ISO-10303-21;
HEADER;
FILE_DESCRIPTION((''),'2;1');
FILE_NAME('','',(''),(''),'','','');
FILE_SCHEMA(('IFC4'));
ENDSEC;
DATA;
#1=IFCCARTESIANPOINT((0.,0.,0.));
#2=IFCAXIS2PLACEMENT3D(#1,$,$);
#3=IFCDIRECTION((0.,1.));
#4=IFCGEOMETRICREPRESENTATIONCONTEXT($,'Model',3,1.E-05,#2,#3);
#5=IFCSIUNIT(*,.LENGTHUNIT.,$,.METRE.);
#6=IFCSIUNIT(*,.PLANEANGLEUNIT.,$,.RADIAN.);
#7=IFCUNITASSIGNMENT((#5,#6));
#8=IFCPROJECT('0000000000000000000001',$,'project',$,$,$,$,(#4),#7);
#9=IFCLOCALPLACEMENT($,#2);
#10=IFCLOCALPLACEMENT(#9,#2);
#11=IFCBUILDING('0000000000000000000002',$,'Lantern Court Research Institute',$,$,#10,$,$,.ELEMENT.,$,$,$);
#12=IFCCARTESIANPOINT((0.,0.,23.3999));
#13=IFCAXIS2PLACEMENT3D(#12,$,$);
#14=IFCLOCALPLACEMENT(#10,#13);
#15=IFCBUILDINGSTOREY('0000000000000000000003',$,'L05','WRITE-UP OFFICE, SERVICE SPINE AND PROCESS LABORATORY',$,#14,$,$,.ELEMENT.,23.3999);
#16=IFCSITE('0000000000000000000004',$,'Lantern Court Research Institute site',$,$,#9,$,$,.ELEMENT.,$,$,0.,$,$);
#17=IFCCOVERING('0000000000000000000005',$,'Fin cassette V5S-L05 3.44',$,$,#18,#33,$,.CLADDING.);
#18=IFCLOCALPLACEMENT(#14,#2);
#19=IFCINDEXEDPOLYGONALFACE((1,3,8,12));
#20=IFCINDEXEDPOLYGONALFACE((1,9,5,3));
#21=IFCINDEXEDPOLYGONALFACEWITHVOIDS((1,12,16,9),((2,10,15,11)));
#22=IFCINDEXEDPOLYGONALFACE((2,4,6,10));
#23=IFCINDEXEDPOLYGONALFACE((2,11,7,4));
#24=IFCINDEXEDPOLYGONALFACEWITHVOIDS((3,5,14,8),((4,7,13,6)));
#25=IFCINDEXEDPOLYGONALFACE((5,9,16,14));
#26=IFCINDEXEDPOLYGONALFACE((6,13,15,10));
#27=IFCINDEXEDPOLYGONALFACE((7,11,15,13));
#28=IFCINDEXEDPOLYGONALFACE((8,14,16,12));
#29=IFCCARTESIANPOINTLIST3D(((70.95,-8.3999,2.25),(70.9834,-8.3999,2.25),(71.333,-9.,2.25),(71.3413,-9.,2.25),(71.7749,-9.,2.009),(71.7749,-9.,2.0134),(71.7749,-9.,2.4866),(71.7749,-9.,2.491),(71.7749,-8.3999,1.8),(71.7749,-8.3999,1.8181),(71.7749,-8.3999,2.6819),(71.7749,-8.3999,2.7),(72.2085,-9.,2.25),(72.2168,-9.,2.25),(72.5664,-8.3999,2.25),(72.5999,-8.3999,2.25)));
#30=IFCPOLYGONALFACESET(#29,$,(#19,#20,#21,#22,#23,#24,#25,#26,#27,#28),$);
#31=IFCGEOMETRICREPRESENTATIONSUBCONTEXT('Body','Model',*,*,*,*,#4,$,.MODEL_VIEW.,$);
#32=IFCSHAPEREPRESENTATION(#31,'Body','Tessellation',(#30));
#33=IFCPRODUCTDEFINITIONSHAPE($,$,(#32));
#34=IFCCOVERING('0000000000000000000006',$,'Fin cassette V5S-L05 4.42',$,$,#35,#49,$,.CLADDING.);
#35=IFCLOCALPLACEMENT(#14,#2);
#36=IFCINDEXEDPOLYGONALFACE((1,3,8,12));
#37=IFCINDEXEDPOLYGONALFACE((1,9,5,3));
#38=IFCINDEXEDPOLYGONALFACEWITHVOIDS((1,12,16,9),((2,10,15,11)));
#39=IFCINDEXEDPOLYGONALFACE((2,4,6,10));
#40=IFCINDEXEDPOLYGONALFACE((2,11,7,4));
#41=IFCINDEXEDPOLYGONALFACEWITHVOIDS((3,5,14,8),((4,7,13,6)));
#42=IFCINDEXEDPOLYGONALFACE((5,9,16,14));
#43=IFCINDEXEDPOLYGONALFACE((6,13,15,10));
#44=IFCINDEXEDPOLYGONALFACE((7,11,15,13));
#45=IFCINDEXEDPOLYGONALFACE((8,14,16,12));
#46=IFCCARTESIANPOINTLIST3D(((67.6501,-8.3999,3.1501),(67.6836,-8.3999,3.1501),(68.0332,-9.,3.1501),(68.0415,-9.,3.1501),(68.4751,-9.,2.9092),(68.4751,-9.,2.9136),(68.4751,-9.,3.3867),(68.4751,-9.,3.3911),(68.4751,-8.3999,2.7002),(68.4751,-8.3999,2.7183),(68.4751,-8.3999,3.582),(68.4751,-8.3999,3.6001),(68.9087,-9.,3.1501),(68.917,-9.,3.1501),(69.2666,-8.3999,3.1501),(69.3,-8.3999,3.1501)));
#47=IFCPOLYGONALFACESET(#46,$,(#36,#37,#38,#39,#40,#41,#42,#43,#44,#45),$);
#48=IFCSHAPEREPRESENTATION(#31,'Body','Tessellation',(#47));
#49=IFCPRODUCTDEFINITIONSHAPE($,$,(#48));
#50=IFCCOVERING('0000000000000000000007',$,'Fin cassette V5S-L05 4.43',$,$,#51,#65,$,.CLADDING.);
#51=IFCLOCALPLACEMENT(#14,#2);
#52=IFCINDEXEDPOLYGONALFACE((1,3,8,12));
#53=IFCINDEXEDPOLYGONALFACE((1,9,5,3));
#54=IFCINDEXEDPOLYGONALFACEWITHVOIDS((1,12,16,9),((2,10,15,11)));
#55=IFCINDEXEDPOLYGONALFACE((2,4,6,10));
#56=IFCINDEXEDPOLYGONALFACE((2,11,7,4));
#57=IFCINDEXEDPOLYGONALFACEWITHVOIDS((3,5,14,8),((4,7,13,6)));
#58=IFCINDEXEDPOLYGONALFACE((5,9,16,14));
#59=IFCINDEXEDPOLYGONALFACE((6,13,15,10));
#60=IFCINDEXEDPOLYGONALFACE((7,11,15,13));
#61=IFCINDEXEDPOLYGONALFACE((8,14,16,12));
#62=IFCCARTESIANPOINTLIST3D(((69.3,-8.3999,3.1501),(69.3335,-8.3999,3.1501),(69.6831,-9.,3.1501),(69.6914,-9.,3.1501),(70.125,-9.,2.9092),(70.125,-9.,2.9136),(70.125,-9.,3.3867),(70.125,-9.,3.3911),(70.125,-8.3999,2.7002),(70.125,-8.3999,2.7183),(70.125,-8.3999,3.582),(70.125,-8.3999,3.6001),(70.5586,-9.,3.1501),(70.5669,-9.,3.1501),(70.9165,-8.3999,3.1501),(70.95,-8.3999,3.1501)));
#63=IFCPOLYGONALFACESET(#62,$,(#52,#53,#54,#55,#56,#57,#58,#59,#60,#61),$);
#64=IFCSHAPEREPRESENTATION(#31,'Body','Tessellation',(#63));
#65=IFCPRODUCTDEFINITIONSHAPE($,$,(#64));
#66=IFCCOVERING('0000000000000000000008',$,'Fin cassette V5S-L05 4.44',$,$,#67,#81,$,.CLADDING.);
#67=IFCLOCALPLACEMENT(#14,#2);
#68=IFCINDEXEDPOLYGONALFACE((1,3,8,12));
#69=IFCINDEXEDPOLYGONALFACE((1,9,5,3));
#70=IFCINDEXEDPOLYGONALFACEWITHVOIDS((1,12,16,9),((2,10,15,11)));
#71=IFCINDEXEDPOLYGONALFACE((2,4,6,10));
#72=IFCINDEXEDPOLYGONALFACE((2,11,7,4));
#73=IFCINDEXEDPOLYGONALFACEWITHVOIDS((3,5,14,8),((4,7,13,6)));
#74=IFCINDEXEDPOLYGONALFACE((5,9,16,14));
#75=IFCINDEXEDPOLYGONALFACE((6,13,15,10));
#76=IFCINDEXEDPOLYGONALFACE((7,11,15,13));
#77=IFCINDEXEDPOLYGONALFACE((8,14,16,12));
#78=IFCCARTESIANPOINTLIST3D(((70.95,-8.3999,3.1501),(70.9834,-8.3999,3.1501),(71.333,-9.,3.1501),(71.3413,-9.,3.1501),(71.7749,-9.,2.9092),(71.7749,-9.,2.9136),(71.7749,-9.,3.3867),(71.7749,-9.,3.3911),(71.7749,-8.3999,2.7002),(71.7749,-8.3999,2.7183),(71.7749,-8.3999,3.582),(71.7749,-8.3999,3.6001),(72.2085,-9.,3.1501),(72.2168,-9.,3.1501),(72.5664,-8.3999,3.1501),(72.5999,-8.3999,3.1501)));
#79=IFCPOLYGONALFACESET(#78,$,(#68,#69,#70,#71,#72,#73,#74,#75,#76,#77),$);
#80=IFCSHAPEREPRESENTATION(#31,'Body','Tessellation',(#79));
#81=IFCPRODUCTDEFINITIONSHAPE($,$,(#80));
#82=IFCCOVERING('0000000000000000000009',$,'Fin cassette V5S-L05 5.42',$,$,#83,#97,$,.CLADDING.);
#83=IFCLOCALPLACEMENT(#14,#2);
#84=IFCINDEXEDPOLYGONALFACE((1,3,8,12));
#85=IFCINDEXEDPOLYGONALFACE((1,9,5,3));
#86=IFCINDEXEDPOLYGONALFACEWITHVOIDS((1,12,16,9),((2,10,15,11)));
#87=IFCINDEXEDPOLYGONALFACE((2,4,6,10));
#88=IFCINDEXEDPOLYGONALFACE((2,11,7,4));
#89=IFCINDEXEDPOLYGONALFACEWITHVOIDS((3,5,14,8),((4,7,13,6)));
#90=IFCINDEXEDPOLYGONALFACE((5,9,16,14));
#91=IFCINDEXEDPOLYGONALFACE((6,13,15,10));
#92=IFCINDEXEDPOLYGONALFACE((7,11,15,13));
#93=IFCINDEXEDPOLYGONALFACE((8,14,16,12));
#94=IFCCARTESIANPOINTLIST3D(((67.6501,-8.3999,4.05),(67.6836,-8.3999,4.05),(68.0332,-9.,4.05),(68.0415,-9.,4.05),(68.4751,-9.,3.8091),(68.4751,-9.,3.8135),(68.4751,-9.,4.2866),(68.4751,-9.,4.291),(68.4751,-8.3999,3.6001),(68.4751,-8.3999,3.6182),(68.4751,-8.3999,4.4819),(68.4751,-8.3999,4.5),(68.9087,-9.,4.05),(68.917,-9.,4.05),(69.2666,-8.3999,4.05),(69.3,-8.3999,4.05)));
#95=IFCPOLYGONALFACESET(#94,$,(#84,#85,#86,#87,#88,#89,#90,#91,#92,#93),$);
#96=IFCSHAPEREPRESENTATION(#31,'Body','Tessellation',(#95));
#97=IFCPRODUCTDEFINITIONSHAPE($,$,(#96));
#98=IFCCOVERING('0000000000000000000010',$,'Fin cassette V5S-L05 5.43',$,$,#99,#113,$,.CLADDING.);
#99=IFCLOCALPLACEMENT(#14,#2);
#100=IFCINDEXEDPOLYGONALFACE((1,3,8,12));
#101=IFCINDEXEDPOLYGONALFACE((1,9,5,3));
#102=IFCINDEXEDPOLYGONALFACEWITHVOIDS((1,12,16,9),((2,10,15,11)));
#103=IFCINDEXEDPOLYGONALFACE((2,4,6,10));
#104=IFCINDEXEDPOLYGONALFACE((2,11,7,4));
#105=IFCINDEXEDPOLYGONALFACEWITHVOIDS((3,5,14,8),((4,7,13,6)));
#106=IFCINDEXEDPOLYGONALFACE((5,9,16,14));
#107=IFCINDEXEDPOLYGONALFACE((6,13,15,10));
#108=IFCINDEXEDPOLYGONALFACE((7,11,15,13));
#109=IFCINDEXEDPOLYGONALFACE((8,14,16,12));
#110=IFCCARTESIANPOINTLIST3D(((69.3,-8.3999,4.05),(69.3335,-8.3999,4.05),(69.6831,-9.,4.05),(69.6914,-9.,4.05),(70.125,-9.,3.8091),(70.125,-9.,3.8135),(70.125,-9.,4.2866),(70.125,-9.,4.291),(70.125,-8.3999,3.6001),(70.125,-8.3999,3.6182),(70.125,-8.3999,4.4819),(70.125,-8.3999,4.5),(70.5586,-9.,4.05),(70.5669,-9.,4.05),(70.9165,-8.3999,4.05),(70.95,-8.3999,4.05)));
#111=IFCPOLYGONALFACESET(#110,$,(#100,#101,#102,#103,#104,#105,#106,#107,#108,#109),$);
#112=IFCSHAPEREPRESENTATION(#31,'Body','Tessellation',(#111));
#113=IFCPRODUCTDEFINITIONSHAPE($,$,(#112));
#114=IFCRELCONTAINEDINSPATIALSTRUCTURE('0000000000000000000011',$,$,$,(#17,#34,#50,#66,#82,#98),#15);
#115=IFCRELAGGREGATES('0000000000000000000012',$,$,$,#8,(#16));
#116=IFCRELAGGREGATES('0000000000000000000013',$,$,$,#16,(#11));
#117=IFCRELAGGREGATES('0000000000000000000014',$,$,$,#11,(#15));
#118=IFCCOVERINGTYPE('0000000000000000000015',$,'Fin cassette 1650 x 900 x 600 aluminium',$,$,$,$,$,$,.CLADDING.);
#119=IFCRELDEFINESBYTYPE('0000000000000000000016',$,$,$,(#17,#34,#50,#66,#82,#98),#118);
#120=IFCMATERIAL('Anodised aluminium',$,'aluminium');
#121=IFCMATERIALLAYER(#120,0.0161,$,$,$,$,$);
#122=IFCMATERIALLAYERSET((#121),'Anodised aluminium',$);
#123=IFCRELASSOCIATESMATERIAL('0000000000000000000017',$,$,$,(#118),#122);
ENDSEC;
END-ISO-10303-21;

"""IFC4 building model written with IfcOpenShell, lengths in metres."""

from ifc_helpers import new_model, entity, si_unit, direction, frame, origin, place, context, subcontext, project, spatial, material, layer, layer_set, type_object, element, save


model = new_model("IFC4")

# Units and contexts
model_context = context("Model", 3, precision=1e-05, world=origin(), true_north=direction((0.0, 1.0)))
body_context = subcontext(model_context, "Body", "Model", "MODEL_VIEW")
ifc_project = project(units=[si_unit("LENGTHUNIT", "METRE"), si_unit("PLANEANGLEUNIT", "RADIAN")], contexts=[model_context])

# Site, building, storey
site_placement = place(None, origin())
site = spatial("IfcSite", under=ifc_project, at=site_placement, Name="Lantern Court Research Institute site", CompositionType="ELEMENT", RefElevation=0.0)
building_placement = place(site_placement, origin())
building = spatial("IfcBuilding", under=site, at=building_placement, Name="Lantern Court Research Institute", CompositionType="ELEMENT")
storey_placement = place(building_placement, frame((0.0, 0.0, 23.3999)))
storey = spatial("IfcBuildingStorey", under=building, at=storey_placement, Name="L05", Description="WRITE-UP OFFICE, SERVICE SPINE AND PROCESS LABORATORY", CompositionType="ELEMENT", Elevation=23.3999)

# Coverings
ifc_material_1 = material(Name="Anodised aluminium", Category="aluminium")
ifc_layer_1 = layer(ifc_material_1, 0.0161)
ifc_layer_set_1 = layer_set([ifc_layer_1], Name="Anodised aluminium")
covering_type = type_object("IfcCoveringType", Name="Fin cassette 1650 x 900 x 600 aluminium", PredefinedType="CLADDING", material=ifc_layer_set_1)
covering_1_placement = place(storey_placement, frame((71.7749, -8.3999, 2.25), z_axis=(0.0, -1.0, 0.0), x_axis=(1.0, 0.0, 0.0)))
cartesian_point_1 = entity("IfcCartesianPoint", [0.825, 0.0])
cartesian_point_2 = entity("IfcCartesianPoint", [0.7915, 0.0])
cartesian_point_3 = entity("IfcCartesianPoint", [0.4419, 0.0])
cartesian_point_4 = entity("IfcCartesianPoint", [0.4336, 0.0])
element("IfcCovering", 1, at=covering_1_placement, inside=storey, type_object=covering_type, Name="Fin cassette V5S-L05 3.44", PredefinedType="CLADDING", context=body_context, shape_type="SweptSolid", body=[
    entity("IfcExtrudedAreaSolidTapered", entity("IfcArbitraryProfileDefWithVoids", "AREA", None, entity("IfcPolyline", [cartesian_point_1, entity("IfcCartesianPoint", [0.0, 0.45]), entity("IfcCartesianPoint", [-0.825, 0.0]), entity("IfcCartesianPoint", [0.0, -0.45]), cartesian_point_1]), [entity("IfcPolyline", [cartesian_point_2, entity("IfcCartesianPoint", [0.0, 0.4319]), entity("IfcCartesianPoint", [-0.7915, 0.0]), entity("IfcCartesianPoint", [0.0, -0.4319]), cartesian_point_2])]), entity("IfcAxis2Placement3D", entity("IfcCartesianPoint", [0.0, 0.0, 0.0])), entity("IfcDirection", [0.0, 0.0, 1.0]), 0.6001, entity("IfcArbitraryProfileDefWithVoids", "AREA", None, entity("IfcPolyline", [cartesian_point_3, entity("IfcCartesianPoint", [0.0, 0.241]), entity("IfcCartesianPoint", [-0.4419, 0.0]), entity("IfcCartesianPoint", [0.0, -0.241]), cartesian_point_3]), [entity("IfcPolyline", [cartesian_point_4, entity("IfcCartesianPoint", [0.0, 0.2366]), entity("IfcCartesianPoint", [-0.4336, 0.0]), entity("IfcCartesianPoint", [0.0, -0.2366]), cartesian_point_4])])),
])
covering_2_placement = place(storey_placement, frame((68.4751, -8.3999, 3.1501), z_axis=(0.0, -1.0, 0.0), x_axis=(1.0, 0.0, 0.0)))
cartesian_point_5 = entity("IfcCartesianPoint", [0.825, 0.0])
cartesian_point_6 = entity("IfcCartesianPoint", [0.7915, 0.0])
cartesian_point_7 = entity("IfcCartesianPoint", [0.4419, 0.0])
cartesian_point_8 = entity("IfcCartesianPoint", [0.4336, 0.0])
element("IfcCovering", 2, at=covering_2_placement, inside=storey, type_object=covering_type, Name="Fin cassette V5S-L05 4.42", PredefinedType="CLADDING", context=body_context, shape_type="SweptSolid", body=[
    entity("IfcExtrudedAreaSolidTapered", entity("IfcArbitraryProfileDefWithVoids", "AREA", None, entity("IfcPolyline", [cartesian_point_5, entity("IfcCartesianPoint", [0.0, 0.45]), entity("IfcCartesianPoint", [-0.825, 0.0]), entity("IfcCartesianPoint", [0.0, -0.45]), cartesian_point_5]), [entity("IfcPolyline", [cartesian_point_6, entity("IfcCartesianPoint", [0.0, 0.4319]), entity("IfcCartesianPoint", [-0.7915, 0.0]), entity("IfcCartesianPoint", [0.0, -0.4319]), cartesian_point_6])]), entity("IfcAxis2Placement3D", entity("IfcCartesianPoint", [0.0, 0.0, 0.0])), entity("IfcDirection", [0.0, 0.0, 1.0]), 0.6001, entity("IfcArbitraryProfileDefWithVoids", "AREA", None, entity("IfcPolyline", [cartesian_point_7, entity("IfcCartesianPoint", [0.0, 0.241]), entity("IfcCartesianPoint", [-0.4419, 0.0]), entity("IfcCartesianPoint", [0.0, -0.241]), cartesian_point_7]), [entity("IfcPolyline", [cartesian_point_8, entity("IfcCartesianPoint", [0.0, 0.2366]), entity("IfcCartesianPoint", [-0.4336, 0.0]), entity("IfcCartesianPoint", [0.0, -0.2366]), cartesian_point_8])])),
])
covering_3_placement = place(storey_placement, frame((70.125, -8.3999, 3.1501), z_axis=(0.0, -1.0, 0.0), x_axis=(1.0, 0.0, 0.0)))
cartesian_point_9 = entity("IfcCartesianPoint", [0.825, 0.0])
cartesian_point_10 = entity("IfcCartesianPoint", [0.7915, 0.0])
cartesian_point_11 = entity("IfcCartesianPoint", [0.4419, 0.0])
cartesian_point_12 = entity("IfcCartesianPoint", [0.4336, 0.0])
element("IfcCovering", 3, at=covering_3_placement, inside=storey, type_object=covering_type, Name="Fin cassette V5S-L05 4.43", PredefinedType="CLADDING", context=body_context, shape_type="SweptSolid", body=[
    entity("IfcExtrudedAreaSolidTapered", entity("IfcArbitraryProfileDefWithVoids", "AREA", None, entity("IfcPolyline", [cartesian_point_9, entity("IfcCartesianPoint", [0.0, 0.45]), entity("IfcCartesianPoint", [-0.825, 0.0]), entity("IfcCartesianPoint", [0.0, -0.45]), cartesian_point_9]), [entity("IfcPolyline", [cartesian_point_10, entity("IfcCartesianPoint", [0.0, 0.4319]), entity("IfcCartesianPoint", [-0.7915, 0.0]), entity("IfcCartesianPoint", [0.0, -0.4319]), cartesian_point_10])]), entity("IfcAxis2Placement3D", entity("IfcCartesianPoint", [0.0, 0.0, 0.0])), entity("IfcDirection", [0.0, 0.0, 1.0]), 0.6001, entity("IfcArbitraryProfileDefWithVoids", "AREA", None, entity("IfcPolyline", [cartesian_point_11, entity("IfcCartesianPoint", [0.0, 0.241]), entity("IfcCartesianPoint", [-0.4419, 0.0]), entity("IfcCartesianPoint", [0.0, -0.241]), cartesian_point_11]), [entity("IfcPolyline", [cartesian_point_12, entity("IfcCartesianPoint", [0.0, 0.2366]), entity("IfcCartesianPoint", [-0.4336, 0.0]), entity("IfcCartesianPoint", [0.0, -0.2366]), cartesian_point_12])])),
])
covering_4_placement = place(storey_placement, frame((71.7749, -8.3999, 3.1501), z_axis=(0.0, -1.0, 0.0), x_axis=(1.0, 0.0, 0.0)))
cartesian_point_13 = entity("IfcCartesianPoint", [0.825, 0.0])
cartesian_point_14 = entity("IfcCartesianPoint", [0.7915, 0.0])
cartesian_point_15 = entity("IfcCartesianPoint", [0.4419, 0.0])
cartesian_point_16 = entity("IfcCartesianPoint", [0.4336, 0.0])
element("IfcCovering", 4, at=covering_4_placement, inside=storey, type_object=covering_type, Name="Fin cassette V5S-L05 4.44", PredefinedType="CLADDING", context=body_context, shape_type="SweptSolid", body=[
    entity("IfcExtrudedAreaSolidTapered", entity("IfcArbitraryProfileDefWithVoids", "AREA", None, entity("IfcPolyline", [cartesian_point_13, entity("IfcCartesianPoint", [0.0, 0.45]), entity("IfcCartesianPoint", [-0.825, 0.0]), entity("IfcCartesianPoint", [0.0, -0.45]), cartesian_point_13]), [entity("IfcPolyline", [cartesian_point_14, entity("IfcCartesianPoint", [0.0, 0.4319]), entity("IfcCartesianPoint", [-0.7915, 0.0]), entity("IfcCartesianPoint", [0.0, -0.4319]), cartesian_point_14])]), entity("IfcAxis2Placement3D", entity("IfcCartesianPoint", [0.0, 0.0, 0.0])), entity("IfcDirection", [0.0, 0.0, 1.0]), 0.6001, entity("IfcArbitraryProfileDefWithVoids", "AREA", None, entity("IfcPolyline", [cartesian_point_15, entity("IfcCartesianPoint", [0.0, 0.241]), entity("IfcCartesianPoint", [-0.4419, 0.0]), entity("IfcCartesianPoint", [0.0, -0.241]), cartesian_point_15]), [entity("IfcPolyline", [cartesian_point_16, entity("IfcCartesianPoint", [0.0, 0.2366]), entity("IfcCartesianPoint", [-0.4336, 0.0]), entity("IfcCartesianPoint", [0.0, -0.2366]), cartesian_point_16])])),
])
covering_5_placement = place(storey_placement, frame((68.4751, -8.3999, 4.05), z_axis=(0.0, -1.0, 0.0), x_axis=(1.0, 0.0, 0.0)))
cartesian_point_17 = entity("IfcCartesianPoint", [0.825, 0.0])
cartesian_point_18 = entity("IfcCartesianPoint", [0.7915, 0.0])
cartesian_point_19 = entity("IfcCartesianPoint", [0.4419, 0.0])
cartesian_point_20 = entity("IfcCartesianPoint", [0.4336, 0.0])
element("IfcCovering", 5, at=covering_5_placement, inside=storey, type_object=covering_type, Name="Fin cassette V5S-L05 5.42", PredefinedType="CLADDING", context=body_context, shape_type="SweptSolid", body=[
    entity("IfcExtrudedAreaSolidTapered", entity("IfcArbitraryProfileDefWithVoids", "AREA", None, entity("IfcPolyline", [cartesian_point_17, entity("IfcCartesianPoint", [0.0, 0.45]), entity("IfcCartesianPoint", [-0.825, 0.0]), entity("IfcCartesianPoint", [0.0, -0.45]), cartesian_point_17]), [entity("IfcPolyline", [cartesian_point_18, entity("IfcCartesianPoint", [0.0, 0.4319]), entity("IfcCartesianPoint", [-0.7915, 0.0]), entity("IfcCartesianPoint", [0.0, -0.4319]), cartesian_point_18])]), entity("IfcAxis2Placement3D", entity("IfcCartesianPoint", [0.0, 0.0, 0.0])), entity("IfcDirection", [0.0, 0.0, 1.0]), 0.6001, entity("IfcArbitraryProfileDefWithVoids", "AREA", None, entity("IfcPolyline", [cartesian_point_19, entity("IfcCartesianPoint", [0.0, 0.241]), entity("IfcCartesianPoint", [-0.4419, 0.0]), entity("IfcCartesianPoint", [0.0, -0.241]), cartesian_point_19]), [entity("IfcPolyline", [cartesian_point_20, entity("IfcCartesianPoint", [0.0, 0.2366]), entity("IfcCartesianPoint", [-0.4336, 0.0]), entity("IfcCartesianPoint", [0.0, -0.2366]), cartesian_point_20])])),
])
covering_6_placement = place(storey_placement, frame((70.125, -8.3999, 4.05), z_axis=(0.0, -1.0, 0.0), x_axis=(1.0, 0.0, 0.0)))
cartesian_point_21 = entity("IfcCartesianPoint", [0.825, 0.0])
cartesian_point_22 = entity("IfcCartesianPoint", [0.7915, 0.0])
cartesian_point_23 = entity("IfcCartesianPoint", [0.4419, 0.0])
cartesian_point_24 = entity("IfcCartesianPoint", [0.4336, 0.0])
element("IfcCovering", 6, at=covering_6_placement, inside=storey, type_object=covering_type, Name="Fin cassette V5S-L05 5.43", PredefinedType="CLADDING", context=body_context, shape_type="SweptSolid", body=[
    entity("IfcExtrudedAreaSolidTapered", entity("IfcArbitraryProfileDefWithVoids", "AREA", None, entity("IfcPolyline", [cartesian_point_21, entity("IfcCartesianPoint", [0.0, 0.45]), entity("IfcCartesianPoint", [-0.825, 0.0]), entity("IfcCartesianPoint", [0.0, -0.45]), cartesian_point_21]), [entity("IfcPolyline", [cartesian_point_22, entity("IfcCartesianPoint", [0.0, 0.4319]), entity("IfcCartesianPoint", [-0.7915, 0.0]), entity("IfcCartesianPoint", [0.0, -0.4319]), cartesian_point_22])]), entity("IfcAxis2Placement3D", entity("IfcCartesianPoint", [0.0, 0.0, 0.0])), entity("IfcDirection", [0.0, 0.0, 1.0]), 0.6001, entity("IfcArbitraryProfileDefWithVoids", "AREA", None, entity("IfcPolyline", [cartesian_point_23, entity("IfcCartesianPoint", [0.0, 0.241]), entity("IfcCartesianPoint", [-0.4419, 0.0]), entity("IfcCartesianPoint", [0.0, -0.241]), cartesian_point_23]), [entity("IfcPolyline", [cartesian_point_24, entity("IfcCartesianPoint", [0.0, 0.2366]), entity("IfcCartesianPoint", [-0.4336, 0.0]), entity("IfcCartesianPoint", [0.0, -0.2366]), cartesian_point_24])])),
])

save(model, "model.ifc")
